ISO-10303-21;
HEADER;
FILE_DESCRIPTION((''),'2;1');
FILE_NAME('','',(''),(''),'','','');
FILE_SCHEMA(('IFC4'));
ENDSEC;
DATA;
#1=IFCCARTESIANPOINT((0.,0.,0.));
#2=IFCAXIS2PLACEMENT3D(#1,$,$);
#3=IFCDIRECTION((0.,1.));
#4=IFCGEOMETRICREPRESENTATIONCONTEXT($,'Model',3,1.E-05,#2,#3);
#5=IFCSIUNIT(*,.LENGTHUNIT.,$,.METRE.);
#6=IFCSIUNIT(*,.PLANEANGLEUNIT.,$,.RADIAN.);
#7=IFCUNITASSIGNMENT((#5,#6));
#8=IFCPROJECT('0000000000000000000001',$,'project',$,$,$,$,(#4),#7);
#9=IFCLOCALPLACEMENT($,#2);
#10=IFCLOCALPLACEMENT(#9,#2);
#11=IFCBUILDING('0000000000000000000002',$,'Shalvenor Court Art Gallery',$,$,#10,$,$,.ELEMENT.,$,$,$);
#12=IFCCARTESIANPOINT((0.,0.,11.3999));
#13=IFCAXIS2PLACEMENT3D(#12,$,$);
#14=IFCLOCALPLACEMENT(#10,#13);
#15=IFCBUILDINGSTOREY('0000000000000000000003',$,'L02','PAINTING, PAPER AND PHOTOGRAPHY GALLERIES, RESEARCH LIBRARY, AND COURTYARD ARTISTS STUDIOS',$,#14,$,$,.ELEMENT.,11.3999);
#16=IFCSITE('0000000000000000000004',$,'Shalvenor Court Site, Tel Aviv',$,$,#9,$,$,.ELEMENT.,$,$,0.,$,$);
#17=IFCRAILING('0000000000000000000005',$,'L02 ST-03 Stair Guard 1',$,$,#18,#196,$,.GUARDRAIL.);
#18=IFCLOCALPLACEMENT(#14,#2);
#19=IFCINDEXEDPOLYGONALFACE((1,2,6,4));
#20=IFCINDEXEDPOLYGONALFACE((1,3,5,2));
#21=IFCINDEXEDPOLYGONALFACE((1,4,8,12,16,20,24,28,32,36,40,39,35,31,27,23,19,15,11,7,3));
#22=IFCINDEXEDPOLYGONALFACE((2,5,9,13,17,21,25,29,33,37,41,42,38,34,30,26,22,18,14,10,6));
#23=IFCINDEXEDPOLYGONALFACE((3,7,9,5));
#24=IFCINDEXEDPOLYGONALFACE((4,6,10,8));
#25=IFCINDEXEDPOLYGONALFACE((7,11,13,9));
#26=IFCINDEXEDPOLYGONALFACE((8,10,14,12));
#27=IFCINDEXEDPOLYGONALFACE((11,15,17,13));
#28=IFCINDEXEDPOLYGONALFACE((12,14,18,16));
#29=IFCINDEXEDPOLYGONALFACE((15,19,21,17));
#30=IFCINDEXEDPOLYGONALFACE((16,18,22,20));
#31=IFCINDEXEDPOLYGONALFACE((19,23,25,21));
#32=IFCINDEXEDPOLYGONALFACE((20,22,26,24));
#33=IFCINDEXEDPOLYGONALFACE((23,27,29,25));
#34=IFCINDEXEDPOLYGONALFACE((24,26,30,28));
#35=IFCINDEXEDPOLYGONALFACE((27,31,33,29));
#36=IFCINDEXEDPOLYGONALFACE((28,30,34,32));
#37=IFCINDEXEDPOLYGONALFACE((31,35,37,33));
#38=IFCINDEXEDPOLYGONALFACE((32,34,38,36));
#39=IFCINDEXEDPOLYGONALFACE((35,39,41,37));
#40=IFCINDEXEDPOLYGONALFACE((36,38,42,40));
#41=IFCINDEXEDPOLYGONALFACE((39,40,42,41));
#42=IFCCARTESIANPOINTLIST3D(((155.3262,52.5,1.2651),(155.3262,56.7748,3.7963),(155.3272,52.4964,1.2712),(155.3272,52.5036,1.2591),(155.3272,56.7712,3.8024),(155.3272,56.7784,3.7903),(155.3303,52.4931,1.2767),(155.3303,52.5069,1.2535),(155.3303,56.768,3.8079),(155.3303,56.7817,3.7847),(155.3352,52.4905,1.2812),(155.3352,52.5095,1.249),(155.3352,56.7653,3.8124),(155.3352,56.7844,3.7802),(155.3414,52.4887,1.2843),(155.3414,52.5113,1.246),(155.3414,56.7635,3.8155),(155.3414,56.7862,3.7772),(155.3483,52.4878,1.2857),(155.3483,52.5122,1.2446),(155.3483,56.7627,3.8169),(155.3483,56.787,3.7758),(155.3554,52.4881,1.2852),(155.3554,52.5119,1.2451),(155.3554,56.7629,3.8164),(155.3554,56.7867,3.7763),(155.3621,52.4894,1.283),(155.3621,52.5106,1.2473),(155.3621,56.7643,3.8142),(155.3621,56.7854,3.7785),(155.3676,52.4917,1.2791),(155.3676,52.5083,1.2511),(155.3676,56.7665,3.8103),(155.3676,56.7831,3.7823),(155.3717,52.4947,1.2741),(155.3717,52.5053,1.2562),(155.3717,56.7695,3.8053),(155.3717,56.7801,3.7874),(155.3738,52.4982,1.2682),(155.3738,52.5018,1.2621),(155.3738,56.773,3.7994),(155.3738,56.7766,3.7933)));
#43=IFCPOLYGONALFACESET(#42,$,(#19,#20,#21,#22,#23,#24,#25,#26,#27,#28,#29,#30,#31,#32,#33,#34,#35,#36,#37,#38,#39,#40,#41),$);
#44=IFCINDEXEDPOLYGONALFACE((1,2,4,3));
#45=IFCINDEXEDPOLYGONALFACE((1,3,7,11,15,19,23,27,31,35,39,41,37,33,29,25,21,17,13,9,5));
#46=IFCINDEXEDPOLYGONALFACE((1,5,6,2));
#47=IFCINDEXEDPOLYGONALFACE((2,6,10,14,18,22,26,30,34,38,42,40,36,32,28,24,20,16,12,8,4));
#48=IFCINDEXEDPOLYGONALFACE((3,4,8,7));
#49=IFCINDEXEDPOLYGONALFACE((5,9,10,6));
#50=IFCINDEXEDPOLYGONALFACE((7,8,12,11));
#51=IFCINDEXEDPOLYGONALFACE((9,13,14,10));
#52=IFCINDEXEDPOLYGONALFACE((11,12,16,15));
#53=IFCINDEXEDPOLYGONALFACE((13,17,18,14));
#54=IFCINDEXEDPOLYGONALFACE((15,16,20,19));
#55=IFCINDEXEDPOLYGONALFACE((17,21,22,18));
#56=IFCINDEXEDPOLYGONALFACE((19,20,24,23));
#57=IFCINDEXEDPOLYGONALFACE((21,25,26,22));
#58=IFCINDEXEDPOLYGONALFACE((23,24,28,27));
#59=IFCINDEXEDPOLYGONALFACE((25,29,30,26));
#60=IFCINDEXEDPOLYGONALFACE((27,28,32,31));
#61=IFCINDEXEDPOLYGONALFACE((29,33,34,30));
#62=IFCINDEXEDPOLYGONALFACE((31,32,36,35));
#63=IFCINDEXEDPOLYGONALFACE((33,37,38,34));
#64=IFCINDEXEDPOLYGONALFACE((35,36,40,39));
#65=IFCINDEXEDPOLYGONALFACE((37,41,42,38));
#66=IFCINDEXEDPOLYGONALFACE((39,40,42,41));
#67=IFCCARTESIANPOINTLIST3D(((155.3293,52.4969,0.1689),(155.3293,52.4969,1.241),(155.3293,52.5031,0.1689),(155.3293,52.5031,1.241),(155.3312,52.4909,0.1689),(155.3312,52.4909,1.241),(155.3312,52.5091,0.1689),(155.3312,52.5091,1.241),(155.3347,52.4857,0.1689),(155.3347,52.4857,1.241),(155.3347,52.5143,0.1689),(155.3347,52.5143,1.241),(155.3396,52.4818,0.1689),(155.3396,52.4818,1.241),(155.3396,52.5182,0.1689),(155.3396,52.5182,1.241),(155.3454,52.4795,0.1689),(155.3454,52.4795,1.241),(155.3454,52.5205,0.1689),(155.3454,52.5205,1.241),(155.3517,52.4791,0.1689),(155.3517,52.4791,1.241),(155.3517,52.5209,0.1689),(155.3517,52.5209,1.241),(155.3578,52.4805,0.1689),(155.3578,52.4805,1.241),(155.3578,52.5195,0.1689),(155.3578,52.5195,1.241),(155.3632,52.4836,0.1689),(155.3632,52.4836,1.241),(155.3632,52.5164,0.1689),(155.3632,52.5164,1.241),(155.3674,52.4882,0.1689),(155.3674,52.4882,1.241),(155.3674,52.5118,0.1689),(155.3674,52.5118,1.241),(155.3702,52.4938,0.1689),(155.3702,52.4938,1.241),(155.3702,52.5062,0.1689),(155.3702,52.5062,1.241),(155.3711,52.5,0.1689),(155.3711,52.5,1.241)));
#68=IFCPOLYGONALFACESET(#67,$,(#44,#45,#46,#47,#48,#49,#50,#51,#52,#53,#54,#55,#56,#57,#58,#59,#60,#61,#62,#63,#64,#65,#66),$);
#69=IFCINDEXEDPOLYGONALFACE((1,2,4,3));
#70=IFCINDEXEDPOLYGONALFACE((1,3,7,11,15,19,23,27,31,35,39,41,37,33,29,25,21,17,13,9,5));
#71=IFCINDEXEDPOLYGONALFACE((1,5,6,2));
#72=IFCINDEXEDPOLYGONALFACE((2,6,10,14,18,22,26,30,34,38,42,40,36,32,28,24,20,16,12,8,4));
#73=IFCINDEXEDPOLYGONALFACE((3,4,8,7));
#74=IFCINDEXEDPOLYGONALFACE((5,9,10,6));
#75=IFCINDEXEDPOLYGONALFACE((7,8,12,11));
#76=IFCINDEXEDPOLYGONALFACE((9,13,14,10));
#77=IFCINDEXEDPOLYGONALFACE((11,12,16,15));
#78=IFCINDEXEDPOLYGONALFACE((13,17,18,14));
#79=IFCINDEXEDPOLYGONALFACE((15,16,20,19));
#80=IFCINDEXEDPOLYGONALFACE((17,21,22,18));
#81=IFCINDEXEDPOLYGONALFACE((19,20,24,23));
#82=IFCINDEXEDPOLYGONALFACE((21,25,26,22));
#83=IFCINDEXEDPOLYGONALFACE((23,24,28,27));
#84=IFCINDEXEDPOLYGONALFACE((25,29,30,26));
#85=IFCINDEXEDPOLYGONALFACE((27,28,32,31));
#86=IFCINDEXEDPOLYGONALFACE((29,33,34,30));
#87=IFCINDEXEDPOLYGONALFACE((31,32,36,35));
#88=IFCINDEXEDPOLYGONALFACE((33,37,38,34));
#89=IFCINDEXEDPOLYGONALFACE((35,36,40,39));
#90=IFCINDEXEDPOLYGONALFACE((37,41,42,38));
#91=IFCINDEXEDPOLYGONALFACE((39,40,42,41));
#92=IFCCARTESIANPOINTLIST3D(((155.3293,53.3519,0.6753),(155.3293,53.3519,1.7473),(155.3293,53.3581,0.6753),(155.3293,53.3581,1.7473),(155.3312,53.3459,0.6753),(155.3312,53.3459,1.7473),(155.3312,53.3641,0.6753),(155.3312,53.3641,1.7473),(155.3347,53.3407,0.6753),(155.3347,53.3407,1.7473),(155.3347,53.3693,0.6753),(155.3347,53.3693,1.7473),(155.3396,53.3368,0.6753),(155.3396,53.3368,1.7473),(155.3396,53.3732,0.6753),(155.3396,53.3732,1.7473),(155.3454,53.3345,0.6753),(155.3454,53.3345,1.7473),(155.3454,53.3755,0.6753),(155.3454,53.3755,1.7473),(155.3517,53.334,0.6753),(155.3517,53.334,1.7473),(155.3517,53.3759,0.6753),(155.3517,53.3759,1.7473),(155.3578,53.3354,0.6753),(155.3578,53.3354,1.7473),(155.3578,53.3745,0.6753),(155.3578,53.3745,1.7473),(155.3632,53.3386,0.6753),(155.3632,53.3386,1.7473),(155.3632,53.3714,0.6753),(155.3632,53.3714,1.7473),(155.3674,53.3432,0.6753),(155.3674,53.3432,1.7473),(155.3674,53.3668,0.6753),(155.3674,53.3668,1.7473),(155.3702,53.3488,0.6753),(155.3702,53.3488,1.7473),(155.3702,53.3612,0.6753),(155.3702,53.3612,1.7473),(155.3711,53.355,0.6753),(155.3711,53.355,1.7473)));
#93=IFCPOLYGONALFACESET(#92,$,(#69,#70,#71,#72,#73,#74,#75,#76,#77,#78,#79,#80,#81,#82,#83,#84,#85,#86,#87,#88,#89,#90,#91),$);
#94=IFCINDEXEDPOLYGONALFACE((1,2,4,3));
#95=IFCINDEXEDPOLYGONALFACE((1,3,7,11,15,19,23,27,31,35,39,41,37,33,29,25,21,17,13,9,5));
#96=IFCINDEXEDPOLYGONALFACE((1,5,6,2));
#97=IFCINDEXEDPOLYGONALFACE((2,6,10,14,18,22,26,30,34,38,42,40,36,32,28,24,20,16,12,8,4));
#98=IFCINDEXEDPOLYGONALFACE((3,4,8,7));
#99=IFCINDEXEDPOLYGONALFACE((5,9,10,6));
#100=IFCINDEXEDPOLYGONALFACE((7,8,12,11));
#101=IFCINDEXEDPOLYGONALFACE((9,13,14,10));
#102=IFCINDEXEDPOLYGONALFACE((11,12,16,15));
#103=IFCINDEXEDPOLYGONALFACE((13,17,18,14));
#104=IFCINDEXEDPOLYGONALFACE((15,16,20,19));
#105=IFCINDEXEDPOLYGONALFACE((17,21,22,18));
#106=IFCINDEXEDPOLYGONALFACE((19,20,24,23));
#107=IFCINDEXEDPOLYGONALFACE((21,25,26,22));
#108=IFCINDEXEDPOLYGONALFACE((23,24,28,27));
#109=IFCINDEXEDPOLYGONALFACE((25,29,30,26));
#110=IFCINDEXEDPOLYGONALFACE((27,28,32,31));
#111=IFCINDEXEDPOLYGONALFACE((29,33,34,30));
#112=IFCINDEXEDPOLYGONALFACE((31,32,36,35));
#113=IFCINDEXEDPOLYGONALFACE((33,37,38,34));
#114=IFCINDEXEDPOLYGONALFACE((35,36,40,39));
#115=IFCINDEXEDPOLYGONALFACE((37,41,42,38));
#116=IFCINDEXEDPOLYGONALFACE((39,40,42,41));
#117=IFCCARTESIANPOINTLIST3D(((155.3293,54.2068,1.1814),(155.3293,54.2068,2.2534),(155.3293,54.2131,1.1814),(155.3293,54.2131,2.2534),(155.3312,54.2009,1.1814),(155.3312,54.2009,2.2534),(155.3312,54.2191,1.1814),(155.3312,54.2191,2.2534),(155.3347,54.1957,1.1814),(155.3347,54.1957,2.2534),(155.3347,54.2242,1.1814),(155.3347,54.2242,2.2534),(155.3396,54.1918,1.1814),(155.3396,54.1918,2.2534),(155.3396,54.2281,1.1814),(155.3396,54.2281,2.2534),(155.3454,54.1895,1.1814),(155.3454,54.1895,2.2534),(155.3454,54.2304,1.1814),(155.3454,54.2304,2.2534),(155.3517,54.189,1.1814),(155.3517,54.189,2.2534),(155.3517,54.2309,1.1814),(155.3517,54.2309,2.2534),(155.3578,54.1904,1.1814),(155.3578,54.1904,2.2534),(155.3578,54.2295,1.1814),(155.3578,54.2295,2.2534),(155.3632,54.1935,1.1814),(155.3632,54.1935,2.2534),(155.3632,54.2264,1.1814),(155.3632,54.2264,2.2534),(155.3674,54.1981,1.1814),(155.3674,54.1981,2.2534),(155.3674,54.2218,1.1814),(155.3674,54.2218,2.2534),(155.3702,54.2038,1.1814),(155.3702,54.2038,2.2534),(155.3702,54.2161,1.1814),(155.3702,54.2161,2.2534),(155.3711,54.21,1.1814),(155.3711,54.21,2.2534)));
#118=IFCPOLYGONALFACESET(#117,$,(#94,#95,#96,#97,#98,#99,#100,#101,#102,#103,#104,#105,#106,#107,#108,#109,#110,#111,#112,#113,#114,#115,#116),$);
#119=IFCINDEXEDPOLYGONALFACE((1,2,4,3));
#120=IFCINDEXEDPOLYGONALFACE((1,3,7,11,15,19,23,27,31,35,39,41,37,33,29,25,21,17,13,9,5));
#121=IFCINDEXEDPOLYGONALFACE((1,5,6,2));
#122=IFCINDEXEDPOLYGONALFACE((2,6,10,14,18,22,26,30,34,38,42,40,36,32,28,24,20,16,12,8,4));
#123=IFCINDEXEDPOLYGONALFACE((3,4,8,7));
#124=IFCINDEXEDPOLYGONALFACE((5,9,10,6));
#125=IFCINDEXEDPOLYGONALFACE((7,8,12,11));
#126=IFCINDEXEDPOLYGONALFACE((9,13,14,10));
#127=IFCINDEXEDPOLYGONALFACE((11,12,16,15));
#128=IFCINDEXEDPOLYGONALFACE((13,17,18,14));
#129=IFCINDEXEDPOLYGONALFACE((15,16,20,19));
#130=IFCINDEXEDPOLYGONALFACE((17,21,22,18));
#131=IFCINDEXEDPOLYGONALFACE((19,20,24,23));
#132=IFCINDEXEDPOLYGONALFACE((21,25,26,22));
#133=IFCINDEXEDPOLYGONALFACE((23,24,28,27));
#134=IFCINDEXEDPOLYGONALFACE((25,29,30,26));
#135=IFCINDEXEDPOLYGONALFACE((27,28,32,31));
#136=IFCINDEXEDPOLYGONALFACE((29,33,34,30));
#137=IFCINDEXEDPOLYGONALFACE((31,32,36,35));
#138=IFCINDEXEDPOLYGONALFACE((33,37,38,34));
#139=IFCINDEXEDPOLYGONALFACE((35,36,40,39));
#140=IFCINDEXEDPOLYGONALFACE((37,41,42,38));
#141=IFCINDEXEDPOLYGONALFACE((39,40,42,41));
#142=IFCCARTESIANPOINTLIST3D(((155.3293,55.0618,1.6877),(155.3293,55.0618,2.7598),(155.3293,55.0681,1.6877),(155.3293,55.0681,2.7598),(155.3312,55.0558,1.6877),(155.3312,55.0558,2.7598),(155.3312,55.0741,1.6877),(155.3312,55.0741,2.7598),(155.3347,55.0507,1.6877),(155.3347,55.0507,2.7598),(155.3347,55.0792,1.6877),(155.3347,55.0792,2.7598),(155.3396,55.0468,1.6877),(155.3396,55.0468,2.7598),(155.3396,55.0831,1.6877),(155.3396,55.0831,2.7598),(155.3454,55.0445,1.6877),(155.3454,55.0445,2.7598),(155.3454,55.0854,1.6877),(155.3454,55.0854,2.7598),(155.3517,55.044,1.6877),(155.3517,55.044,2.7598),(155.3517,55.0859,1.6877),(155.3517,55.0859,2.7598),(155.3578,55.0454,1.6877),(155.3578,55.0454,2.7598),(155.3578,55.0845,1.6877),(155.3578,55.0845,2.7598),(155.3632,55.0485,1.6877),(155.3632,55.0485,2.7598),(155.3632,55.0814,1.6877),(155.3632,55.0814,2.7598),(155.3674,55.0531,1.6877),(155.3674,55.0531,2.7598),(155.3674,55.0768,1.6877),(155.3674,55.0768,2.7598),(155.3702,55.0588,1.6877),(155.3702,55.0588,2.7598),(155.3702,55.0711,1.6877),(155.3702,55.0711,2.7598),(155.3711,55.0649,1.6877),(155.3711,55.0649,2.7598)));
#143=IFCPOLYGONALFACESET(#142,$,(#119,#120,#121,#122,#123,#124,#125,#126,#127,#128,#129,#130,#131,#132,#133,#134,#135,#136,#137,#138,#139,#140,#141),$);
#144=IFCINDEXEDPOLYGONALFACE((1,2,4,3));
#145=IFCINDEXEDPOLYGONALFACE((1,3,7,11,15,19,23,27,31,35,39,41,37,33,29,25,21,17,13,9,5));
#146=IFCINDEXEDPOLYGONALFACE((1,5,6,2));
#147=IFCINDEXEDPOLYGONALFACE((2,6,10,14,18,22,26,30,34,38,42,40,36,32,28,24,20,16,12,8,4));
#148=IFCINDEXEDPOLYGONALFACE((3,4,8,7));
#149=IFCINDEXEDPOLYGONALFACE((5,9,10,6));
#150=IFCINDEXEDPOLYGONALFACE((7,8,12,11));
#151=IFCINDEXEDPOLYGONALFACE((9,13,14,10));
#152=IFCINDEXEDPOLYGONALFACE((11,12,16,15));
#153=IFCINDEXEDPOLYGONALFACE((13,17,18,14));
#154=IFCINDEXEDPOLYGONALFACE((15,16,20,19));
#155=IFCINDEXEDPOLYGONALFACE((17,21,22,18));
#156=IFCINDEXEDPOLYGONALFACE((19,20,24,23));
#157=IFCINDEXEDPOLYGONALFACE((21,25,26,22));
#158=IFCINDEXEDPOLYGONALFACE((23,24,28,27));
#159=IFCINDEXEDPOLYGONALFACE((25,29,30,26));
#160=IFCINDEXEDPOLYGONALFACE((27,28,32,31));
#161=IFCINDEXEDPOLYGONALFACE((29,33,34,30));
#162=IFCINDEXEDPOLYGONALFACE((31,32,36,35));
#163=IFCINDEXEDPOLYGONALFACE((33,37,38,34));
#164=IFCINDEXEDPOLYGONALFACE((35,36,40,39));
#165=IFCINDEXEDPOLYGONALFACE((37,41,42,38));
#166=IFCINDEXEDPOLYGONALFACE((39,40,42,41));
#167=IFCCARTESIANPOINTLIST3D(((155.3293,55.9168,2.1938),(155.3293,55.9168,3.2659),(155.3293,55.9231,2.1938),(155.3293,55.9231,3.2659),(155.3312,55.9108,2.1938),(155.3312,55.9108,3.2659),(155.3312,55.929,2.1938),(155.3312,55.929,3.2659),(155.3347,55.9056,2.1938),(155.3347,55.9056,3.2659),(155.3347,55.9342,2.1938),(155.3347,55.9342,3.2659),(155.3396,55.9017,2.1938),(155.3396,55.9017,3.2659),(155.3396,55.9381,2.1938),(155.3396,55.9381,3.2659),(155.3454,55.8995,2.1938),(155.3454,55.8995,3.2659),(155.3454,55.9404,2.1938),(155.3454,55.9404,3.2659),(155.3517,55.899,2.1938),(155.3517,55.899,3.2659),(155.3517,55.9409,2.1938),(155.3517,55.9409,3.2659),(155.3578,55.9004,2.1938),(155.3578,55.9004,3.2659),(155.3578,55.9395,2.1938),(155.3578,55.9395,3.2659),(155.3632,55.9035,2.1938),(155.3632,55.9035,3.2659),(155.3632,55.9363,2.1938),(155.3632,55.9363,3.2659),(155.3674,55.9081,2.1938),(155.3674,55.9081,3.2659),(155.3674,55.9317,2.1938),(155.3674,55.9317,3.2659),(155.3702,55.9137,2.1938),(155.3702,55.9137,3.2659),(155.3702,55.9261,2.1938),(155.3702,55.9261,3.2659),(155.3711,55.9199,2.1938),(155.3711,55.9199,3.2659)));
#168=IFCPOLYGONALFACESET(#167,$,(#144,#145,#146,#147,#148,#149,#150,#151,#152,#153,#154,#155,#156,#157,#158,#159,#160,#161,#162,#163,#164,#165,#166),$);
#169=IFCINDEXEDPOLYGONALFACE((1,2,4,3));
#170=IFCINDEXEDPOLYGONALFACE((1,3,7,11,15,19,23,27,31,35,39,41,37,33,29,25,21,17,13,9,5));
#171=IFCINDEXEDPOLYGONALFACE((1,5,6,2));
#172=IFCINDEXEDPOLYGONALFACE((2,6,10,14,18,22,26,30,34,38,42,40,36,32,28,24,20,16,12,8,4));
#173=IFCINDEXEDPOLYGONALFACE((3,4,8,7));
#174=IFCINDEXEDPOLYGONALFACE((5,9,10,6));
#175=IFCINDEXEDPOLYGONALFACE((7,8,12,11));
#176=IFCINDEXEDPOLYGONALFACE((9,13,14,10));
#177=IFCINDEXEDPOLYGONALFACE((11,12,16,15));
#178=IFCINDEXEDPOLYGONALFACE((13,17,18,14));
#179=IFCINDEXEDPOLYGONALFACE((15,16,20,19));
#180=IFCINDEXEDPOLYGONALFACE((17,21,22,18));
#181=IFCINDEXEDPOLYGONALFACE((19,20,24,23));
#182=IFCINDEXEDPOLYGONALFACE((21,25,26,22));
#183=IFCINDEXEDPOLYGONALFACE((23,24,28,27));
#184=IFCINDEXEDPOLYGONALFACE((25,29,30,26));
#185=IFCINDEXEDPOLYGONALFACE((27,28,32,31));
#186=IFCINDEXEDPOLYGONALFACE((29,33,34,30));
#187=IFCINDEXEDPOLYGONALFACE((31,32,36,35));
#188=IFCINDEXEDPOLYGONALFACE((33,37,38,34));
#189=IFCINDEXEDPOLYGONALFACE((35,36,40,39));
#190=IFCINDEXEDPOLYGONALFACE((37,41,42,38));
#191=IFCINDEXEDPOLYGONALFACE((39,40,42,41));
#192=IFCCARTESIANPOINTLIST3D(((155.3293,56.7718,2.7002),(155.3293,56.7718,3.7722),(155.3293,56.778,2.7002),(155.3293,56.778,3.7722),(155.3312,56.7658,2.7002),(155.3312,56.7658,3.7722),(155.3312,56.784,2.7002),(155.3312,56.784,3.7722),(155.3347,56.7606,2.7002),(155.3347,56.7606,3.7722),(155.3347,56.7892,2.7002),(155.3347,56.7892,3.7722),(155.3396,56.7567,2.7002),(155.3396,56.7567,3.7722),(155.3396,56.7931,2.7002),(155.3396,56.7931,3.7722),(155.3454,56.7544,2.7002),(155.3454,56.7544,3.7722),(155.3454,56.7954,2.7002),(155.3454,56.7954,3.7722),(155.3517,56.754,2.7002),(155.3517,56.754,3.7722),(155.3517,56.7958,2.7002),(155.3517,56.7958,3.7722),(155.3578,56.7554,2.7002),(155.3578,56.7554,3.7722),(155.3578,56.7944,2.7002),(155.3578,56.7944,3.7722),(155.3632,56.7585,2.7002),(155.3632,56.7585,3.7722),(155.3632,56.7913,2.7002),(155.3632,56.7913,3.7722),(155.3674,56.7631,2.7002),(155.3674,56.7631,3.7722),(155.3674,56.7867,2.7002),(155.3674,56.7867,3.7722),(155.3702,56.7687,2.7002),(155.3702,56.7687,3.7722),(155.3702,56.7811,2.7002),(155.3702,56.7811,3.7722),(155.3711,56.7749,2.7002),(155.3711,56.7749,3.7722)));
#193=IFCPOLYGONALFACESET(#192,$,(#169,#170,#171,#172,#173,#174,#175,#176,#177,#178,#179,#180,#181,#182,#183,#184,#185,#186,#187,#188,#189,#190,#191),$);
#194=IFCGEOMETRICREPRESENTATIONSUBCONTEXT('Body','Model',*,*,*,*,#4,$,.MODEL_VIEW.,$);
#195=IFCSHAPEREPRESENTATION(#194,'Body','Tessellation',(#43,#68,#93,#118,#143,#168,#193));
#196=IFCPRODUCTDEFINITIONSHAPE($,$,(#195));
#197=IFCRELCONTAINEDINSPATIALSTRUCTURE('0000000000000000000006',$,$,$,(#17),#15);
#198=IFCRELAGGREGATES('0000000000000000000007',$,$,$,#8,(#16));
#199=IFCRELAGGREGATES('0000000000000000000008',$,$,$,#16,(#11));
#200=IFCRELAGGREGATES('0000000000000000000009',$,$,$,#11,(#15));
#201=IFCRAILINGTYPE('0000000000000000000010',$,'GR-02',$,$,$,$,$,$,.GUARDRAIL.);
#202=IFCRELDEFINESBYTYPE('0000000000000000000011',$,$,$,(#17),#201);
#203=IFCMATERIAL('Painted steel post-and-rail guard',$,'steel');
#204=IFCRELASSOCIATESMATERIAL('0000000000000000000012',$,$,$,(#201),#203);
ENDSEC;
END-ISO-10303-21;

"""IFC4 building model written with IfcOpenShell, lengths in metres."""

from ifc_helpers import new_model, si_unit, direction, frame, origin, origin_2d, place, context, subcontext, project, spatial, circle, extrude, material, type_object, element, save


model = new_model("IFC4")

# Units and contexts
model_context = context("Model", 3, precision=1e-05, world=origin(), true_north=direction((0.0, 1.0)))
body_context = subcontext(model_context, "Body", "Model", "MODEL_VIEW")
ifc_project = project(units=[si_unit("LENGTHUNIT", "METRE"), si_unit("PLANEANGLEUNIT", "RADIAN")], contexts=[model_context])

# Site, building, storey
site_placement = place(None, origin())
site = spatial("IfcSite", under=ifc_project, at=site_placement, Name="Shalvenor Court Site, Tel Aviv", CompositionType="ELEMENT", RefElevation=0.0)
building_placement = place(site_placement, origin())
building = spatial("IfcBuilding", under=site, at=building_placement, Name="Shalvenor Court Art Gallery", CompositionType="ELEMENT")
storey_placement = place(building_placement, frame((0.0, 0.0, 11.3999)))
storey = spatial("IfcBuildingStorey", under=building, at=storey_placement, Name="L02", Description="PAINTING, PAPER AND PHOTOGRAPHY GALLERIES, RESEARCH LIBRARY, AND COURTYARD ARTISTS STUDIOS", CompositionType="ELEMENT", Elevation=11.3999)

# Railing
ifc_material_1 = material(Name="Painted steel post-and-rail guard", Category="steel")
railing_type_1 = type_object("IfcRailingType", Name="GR-02", PredefinedType="GUARDRAIL", material=ifc_material_1)
railing_1_placement = place(storey_placement, frame((155.3501, 52.5, 0.1689)))
element("IfcRailing", 1, at=railing_1_placement, inside=storey, type_object=railing_type_1, Name="L02 ST-03 Stair Guard 1", PredefinedType="GUARDRAIL", context=body_context, shape_type="SweptSolid", body=[
    extrude(circle(Radius=0.0239, at=origin_2d()), frame((0.0, 0.0, 1.0962), z_axis=(0.0, 0.86047, 0.509501), x_axis=(-1.0, 0.0, 0.0)), (0.0, 0.0, 1.0), 4.968),
    extrude(circle(Radius=0.021, at=origin_2d()), origin(), (0.0, 0.0, 1.0), 1.072),
    extrude(circle(Radius=0.021, at=origin_2d()), frame((0.0, 0.855, 0.5063)), (0.0, 0.0, 1.0), 1.072),
    extrude(circle(Radius=0.021, at=origin_2d()), frame((0.0, 1.71, 1.0125)), (0.0, 0.0, 1.0), 1.072),
    extrude(circle(Radius=0.021, at=origin_2d()), frame((0.0, 2.5649, 1.5188)), (0.0, 0.0, 1.0), 1.072),
    extrude(circle(Radius=0.021, at=origin_2d()), frame((0.0, 3.4199, 2.0249)), (0.0, 0.0, 1.0), 1.072),
    extrude(circle(Radius=0.021, at=origin_2d()), frame((0.0, 4.2749, 2.5312)), (0.0, 0.0, 1.0), 1.072),
])

save(model, "model.ifc")
